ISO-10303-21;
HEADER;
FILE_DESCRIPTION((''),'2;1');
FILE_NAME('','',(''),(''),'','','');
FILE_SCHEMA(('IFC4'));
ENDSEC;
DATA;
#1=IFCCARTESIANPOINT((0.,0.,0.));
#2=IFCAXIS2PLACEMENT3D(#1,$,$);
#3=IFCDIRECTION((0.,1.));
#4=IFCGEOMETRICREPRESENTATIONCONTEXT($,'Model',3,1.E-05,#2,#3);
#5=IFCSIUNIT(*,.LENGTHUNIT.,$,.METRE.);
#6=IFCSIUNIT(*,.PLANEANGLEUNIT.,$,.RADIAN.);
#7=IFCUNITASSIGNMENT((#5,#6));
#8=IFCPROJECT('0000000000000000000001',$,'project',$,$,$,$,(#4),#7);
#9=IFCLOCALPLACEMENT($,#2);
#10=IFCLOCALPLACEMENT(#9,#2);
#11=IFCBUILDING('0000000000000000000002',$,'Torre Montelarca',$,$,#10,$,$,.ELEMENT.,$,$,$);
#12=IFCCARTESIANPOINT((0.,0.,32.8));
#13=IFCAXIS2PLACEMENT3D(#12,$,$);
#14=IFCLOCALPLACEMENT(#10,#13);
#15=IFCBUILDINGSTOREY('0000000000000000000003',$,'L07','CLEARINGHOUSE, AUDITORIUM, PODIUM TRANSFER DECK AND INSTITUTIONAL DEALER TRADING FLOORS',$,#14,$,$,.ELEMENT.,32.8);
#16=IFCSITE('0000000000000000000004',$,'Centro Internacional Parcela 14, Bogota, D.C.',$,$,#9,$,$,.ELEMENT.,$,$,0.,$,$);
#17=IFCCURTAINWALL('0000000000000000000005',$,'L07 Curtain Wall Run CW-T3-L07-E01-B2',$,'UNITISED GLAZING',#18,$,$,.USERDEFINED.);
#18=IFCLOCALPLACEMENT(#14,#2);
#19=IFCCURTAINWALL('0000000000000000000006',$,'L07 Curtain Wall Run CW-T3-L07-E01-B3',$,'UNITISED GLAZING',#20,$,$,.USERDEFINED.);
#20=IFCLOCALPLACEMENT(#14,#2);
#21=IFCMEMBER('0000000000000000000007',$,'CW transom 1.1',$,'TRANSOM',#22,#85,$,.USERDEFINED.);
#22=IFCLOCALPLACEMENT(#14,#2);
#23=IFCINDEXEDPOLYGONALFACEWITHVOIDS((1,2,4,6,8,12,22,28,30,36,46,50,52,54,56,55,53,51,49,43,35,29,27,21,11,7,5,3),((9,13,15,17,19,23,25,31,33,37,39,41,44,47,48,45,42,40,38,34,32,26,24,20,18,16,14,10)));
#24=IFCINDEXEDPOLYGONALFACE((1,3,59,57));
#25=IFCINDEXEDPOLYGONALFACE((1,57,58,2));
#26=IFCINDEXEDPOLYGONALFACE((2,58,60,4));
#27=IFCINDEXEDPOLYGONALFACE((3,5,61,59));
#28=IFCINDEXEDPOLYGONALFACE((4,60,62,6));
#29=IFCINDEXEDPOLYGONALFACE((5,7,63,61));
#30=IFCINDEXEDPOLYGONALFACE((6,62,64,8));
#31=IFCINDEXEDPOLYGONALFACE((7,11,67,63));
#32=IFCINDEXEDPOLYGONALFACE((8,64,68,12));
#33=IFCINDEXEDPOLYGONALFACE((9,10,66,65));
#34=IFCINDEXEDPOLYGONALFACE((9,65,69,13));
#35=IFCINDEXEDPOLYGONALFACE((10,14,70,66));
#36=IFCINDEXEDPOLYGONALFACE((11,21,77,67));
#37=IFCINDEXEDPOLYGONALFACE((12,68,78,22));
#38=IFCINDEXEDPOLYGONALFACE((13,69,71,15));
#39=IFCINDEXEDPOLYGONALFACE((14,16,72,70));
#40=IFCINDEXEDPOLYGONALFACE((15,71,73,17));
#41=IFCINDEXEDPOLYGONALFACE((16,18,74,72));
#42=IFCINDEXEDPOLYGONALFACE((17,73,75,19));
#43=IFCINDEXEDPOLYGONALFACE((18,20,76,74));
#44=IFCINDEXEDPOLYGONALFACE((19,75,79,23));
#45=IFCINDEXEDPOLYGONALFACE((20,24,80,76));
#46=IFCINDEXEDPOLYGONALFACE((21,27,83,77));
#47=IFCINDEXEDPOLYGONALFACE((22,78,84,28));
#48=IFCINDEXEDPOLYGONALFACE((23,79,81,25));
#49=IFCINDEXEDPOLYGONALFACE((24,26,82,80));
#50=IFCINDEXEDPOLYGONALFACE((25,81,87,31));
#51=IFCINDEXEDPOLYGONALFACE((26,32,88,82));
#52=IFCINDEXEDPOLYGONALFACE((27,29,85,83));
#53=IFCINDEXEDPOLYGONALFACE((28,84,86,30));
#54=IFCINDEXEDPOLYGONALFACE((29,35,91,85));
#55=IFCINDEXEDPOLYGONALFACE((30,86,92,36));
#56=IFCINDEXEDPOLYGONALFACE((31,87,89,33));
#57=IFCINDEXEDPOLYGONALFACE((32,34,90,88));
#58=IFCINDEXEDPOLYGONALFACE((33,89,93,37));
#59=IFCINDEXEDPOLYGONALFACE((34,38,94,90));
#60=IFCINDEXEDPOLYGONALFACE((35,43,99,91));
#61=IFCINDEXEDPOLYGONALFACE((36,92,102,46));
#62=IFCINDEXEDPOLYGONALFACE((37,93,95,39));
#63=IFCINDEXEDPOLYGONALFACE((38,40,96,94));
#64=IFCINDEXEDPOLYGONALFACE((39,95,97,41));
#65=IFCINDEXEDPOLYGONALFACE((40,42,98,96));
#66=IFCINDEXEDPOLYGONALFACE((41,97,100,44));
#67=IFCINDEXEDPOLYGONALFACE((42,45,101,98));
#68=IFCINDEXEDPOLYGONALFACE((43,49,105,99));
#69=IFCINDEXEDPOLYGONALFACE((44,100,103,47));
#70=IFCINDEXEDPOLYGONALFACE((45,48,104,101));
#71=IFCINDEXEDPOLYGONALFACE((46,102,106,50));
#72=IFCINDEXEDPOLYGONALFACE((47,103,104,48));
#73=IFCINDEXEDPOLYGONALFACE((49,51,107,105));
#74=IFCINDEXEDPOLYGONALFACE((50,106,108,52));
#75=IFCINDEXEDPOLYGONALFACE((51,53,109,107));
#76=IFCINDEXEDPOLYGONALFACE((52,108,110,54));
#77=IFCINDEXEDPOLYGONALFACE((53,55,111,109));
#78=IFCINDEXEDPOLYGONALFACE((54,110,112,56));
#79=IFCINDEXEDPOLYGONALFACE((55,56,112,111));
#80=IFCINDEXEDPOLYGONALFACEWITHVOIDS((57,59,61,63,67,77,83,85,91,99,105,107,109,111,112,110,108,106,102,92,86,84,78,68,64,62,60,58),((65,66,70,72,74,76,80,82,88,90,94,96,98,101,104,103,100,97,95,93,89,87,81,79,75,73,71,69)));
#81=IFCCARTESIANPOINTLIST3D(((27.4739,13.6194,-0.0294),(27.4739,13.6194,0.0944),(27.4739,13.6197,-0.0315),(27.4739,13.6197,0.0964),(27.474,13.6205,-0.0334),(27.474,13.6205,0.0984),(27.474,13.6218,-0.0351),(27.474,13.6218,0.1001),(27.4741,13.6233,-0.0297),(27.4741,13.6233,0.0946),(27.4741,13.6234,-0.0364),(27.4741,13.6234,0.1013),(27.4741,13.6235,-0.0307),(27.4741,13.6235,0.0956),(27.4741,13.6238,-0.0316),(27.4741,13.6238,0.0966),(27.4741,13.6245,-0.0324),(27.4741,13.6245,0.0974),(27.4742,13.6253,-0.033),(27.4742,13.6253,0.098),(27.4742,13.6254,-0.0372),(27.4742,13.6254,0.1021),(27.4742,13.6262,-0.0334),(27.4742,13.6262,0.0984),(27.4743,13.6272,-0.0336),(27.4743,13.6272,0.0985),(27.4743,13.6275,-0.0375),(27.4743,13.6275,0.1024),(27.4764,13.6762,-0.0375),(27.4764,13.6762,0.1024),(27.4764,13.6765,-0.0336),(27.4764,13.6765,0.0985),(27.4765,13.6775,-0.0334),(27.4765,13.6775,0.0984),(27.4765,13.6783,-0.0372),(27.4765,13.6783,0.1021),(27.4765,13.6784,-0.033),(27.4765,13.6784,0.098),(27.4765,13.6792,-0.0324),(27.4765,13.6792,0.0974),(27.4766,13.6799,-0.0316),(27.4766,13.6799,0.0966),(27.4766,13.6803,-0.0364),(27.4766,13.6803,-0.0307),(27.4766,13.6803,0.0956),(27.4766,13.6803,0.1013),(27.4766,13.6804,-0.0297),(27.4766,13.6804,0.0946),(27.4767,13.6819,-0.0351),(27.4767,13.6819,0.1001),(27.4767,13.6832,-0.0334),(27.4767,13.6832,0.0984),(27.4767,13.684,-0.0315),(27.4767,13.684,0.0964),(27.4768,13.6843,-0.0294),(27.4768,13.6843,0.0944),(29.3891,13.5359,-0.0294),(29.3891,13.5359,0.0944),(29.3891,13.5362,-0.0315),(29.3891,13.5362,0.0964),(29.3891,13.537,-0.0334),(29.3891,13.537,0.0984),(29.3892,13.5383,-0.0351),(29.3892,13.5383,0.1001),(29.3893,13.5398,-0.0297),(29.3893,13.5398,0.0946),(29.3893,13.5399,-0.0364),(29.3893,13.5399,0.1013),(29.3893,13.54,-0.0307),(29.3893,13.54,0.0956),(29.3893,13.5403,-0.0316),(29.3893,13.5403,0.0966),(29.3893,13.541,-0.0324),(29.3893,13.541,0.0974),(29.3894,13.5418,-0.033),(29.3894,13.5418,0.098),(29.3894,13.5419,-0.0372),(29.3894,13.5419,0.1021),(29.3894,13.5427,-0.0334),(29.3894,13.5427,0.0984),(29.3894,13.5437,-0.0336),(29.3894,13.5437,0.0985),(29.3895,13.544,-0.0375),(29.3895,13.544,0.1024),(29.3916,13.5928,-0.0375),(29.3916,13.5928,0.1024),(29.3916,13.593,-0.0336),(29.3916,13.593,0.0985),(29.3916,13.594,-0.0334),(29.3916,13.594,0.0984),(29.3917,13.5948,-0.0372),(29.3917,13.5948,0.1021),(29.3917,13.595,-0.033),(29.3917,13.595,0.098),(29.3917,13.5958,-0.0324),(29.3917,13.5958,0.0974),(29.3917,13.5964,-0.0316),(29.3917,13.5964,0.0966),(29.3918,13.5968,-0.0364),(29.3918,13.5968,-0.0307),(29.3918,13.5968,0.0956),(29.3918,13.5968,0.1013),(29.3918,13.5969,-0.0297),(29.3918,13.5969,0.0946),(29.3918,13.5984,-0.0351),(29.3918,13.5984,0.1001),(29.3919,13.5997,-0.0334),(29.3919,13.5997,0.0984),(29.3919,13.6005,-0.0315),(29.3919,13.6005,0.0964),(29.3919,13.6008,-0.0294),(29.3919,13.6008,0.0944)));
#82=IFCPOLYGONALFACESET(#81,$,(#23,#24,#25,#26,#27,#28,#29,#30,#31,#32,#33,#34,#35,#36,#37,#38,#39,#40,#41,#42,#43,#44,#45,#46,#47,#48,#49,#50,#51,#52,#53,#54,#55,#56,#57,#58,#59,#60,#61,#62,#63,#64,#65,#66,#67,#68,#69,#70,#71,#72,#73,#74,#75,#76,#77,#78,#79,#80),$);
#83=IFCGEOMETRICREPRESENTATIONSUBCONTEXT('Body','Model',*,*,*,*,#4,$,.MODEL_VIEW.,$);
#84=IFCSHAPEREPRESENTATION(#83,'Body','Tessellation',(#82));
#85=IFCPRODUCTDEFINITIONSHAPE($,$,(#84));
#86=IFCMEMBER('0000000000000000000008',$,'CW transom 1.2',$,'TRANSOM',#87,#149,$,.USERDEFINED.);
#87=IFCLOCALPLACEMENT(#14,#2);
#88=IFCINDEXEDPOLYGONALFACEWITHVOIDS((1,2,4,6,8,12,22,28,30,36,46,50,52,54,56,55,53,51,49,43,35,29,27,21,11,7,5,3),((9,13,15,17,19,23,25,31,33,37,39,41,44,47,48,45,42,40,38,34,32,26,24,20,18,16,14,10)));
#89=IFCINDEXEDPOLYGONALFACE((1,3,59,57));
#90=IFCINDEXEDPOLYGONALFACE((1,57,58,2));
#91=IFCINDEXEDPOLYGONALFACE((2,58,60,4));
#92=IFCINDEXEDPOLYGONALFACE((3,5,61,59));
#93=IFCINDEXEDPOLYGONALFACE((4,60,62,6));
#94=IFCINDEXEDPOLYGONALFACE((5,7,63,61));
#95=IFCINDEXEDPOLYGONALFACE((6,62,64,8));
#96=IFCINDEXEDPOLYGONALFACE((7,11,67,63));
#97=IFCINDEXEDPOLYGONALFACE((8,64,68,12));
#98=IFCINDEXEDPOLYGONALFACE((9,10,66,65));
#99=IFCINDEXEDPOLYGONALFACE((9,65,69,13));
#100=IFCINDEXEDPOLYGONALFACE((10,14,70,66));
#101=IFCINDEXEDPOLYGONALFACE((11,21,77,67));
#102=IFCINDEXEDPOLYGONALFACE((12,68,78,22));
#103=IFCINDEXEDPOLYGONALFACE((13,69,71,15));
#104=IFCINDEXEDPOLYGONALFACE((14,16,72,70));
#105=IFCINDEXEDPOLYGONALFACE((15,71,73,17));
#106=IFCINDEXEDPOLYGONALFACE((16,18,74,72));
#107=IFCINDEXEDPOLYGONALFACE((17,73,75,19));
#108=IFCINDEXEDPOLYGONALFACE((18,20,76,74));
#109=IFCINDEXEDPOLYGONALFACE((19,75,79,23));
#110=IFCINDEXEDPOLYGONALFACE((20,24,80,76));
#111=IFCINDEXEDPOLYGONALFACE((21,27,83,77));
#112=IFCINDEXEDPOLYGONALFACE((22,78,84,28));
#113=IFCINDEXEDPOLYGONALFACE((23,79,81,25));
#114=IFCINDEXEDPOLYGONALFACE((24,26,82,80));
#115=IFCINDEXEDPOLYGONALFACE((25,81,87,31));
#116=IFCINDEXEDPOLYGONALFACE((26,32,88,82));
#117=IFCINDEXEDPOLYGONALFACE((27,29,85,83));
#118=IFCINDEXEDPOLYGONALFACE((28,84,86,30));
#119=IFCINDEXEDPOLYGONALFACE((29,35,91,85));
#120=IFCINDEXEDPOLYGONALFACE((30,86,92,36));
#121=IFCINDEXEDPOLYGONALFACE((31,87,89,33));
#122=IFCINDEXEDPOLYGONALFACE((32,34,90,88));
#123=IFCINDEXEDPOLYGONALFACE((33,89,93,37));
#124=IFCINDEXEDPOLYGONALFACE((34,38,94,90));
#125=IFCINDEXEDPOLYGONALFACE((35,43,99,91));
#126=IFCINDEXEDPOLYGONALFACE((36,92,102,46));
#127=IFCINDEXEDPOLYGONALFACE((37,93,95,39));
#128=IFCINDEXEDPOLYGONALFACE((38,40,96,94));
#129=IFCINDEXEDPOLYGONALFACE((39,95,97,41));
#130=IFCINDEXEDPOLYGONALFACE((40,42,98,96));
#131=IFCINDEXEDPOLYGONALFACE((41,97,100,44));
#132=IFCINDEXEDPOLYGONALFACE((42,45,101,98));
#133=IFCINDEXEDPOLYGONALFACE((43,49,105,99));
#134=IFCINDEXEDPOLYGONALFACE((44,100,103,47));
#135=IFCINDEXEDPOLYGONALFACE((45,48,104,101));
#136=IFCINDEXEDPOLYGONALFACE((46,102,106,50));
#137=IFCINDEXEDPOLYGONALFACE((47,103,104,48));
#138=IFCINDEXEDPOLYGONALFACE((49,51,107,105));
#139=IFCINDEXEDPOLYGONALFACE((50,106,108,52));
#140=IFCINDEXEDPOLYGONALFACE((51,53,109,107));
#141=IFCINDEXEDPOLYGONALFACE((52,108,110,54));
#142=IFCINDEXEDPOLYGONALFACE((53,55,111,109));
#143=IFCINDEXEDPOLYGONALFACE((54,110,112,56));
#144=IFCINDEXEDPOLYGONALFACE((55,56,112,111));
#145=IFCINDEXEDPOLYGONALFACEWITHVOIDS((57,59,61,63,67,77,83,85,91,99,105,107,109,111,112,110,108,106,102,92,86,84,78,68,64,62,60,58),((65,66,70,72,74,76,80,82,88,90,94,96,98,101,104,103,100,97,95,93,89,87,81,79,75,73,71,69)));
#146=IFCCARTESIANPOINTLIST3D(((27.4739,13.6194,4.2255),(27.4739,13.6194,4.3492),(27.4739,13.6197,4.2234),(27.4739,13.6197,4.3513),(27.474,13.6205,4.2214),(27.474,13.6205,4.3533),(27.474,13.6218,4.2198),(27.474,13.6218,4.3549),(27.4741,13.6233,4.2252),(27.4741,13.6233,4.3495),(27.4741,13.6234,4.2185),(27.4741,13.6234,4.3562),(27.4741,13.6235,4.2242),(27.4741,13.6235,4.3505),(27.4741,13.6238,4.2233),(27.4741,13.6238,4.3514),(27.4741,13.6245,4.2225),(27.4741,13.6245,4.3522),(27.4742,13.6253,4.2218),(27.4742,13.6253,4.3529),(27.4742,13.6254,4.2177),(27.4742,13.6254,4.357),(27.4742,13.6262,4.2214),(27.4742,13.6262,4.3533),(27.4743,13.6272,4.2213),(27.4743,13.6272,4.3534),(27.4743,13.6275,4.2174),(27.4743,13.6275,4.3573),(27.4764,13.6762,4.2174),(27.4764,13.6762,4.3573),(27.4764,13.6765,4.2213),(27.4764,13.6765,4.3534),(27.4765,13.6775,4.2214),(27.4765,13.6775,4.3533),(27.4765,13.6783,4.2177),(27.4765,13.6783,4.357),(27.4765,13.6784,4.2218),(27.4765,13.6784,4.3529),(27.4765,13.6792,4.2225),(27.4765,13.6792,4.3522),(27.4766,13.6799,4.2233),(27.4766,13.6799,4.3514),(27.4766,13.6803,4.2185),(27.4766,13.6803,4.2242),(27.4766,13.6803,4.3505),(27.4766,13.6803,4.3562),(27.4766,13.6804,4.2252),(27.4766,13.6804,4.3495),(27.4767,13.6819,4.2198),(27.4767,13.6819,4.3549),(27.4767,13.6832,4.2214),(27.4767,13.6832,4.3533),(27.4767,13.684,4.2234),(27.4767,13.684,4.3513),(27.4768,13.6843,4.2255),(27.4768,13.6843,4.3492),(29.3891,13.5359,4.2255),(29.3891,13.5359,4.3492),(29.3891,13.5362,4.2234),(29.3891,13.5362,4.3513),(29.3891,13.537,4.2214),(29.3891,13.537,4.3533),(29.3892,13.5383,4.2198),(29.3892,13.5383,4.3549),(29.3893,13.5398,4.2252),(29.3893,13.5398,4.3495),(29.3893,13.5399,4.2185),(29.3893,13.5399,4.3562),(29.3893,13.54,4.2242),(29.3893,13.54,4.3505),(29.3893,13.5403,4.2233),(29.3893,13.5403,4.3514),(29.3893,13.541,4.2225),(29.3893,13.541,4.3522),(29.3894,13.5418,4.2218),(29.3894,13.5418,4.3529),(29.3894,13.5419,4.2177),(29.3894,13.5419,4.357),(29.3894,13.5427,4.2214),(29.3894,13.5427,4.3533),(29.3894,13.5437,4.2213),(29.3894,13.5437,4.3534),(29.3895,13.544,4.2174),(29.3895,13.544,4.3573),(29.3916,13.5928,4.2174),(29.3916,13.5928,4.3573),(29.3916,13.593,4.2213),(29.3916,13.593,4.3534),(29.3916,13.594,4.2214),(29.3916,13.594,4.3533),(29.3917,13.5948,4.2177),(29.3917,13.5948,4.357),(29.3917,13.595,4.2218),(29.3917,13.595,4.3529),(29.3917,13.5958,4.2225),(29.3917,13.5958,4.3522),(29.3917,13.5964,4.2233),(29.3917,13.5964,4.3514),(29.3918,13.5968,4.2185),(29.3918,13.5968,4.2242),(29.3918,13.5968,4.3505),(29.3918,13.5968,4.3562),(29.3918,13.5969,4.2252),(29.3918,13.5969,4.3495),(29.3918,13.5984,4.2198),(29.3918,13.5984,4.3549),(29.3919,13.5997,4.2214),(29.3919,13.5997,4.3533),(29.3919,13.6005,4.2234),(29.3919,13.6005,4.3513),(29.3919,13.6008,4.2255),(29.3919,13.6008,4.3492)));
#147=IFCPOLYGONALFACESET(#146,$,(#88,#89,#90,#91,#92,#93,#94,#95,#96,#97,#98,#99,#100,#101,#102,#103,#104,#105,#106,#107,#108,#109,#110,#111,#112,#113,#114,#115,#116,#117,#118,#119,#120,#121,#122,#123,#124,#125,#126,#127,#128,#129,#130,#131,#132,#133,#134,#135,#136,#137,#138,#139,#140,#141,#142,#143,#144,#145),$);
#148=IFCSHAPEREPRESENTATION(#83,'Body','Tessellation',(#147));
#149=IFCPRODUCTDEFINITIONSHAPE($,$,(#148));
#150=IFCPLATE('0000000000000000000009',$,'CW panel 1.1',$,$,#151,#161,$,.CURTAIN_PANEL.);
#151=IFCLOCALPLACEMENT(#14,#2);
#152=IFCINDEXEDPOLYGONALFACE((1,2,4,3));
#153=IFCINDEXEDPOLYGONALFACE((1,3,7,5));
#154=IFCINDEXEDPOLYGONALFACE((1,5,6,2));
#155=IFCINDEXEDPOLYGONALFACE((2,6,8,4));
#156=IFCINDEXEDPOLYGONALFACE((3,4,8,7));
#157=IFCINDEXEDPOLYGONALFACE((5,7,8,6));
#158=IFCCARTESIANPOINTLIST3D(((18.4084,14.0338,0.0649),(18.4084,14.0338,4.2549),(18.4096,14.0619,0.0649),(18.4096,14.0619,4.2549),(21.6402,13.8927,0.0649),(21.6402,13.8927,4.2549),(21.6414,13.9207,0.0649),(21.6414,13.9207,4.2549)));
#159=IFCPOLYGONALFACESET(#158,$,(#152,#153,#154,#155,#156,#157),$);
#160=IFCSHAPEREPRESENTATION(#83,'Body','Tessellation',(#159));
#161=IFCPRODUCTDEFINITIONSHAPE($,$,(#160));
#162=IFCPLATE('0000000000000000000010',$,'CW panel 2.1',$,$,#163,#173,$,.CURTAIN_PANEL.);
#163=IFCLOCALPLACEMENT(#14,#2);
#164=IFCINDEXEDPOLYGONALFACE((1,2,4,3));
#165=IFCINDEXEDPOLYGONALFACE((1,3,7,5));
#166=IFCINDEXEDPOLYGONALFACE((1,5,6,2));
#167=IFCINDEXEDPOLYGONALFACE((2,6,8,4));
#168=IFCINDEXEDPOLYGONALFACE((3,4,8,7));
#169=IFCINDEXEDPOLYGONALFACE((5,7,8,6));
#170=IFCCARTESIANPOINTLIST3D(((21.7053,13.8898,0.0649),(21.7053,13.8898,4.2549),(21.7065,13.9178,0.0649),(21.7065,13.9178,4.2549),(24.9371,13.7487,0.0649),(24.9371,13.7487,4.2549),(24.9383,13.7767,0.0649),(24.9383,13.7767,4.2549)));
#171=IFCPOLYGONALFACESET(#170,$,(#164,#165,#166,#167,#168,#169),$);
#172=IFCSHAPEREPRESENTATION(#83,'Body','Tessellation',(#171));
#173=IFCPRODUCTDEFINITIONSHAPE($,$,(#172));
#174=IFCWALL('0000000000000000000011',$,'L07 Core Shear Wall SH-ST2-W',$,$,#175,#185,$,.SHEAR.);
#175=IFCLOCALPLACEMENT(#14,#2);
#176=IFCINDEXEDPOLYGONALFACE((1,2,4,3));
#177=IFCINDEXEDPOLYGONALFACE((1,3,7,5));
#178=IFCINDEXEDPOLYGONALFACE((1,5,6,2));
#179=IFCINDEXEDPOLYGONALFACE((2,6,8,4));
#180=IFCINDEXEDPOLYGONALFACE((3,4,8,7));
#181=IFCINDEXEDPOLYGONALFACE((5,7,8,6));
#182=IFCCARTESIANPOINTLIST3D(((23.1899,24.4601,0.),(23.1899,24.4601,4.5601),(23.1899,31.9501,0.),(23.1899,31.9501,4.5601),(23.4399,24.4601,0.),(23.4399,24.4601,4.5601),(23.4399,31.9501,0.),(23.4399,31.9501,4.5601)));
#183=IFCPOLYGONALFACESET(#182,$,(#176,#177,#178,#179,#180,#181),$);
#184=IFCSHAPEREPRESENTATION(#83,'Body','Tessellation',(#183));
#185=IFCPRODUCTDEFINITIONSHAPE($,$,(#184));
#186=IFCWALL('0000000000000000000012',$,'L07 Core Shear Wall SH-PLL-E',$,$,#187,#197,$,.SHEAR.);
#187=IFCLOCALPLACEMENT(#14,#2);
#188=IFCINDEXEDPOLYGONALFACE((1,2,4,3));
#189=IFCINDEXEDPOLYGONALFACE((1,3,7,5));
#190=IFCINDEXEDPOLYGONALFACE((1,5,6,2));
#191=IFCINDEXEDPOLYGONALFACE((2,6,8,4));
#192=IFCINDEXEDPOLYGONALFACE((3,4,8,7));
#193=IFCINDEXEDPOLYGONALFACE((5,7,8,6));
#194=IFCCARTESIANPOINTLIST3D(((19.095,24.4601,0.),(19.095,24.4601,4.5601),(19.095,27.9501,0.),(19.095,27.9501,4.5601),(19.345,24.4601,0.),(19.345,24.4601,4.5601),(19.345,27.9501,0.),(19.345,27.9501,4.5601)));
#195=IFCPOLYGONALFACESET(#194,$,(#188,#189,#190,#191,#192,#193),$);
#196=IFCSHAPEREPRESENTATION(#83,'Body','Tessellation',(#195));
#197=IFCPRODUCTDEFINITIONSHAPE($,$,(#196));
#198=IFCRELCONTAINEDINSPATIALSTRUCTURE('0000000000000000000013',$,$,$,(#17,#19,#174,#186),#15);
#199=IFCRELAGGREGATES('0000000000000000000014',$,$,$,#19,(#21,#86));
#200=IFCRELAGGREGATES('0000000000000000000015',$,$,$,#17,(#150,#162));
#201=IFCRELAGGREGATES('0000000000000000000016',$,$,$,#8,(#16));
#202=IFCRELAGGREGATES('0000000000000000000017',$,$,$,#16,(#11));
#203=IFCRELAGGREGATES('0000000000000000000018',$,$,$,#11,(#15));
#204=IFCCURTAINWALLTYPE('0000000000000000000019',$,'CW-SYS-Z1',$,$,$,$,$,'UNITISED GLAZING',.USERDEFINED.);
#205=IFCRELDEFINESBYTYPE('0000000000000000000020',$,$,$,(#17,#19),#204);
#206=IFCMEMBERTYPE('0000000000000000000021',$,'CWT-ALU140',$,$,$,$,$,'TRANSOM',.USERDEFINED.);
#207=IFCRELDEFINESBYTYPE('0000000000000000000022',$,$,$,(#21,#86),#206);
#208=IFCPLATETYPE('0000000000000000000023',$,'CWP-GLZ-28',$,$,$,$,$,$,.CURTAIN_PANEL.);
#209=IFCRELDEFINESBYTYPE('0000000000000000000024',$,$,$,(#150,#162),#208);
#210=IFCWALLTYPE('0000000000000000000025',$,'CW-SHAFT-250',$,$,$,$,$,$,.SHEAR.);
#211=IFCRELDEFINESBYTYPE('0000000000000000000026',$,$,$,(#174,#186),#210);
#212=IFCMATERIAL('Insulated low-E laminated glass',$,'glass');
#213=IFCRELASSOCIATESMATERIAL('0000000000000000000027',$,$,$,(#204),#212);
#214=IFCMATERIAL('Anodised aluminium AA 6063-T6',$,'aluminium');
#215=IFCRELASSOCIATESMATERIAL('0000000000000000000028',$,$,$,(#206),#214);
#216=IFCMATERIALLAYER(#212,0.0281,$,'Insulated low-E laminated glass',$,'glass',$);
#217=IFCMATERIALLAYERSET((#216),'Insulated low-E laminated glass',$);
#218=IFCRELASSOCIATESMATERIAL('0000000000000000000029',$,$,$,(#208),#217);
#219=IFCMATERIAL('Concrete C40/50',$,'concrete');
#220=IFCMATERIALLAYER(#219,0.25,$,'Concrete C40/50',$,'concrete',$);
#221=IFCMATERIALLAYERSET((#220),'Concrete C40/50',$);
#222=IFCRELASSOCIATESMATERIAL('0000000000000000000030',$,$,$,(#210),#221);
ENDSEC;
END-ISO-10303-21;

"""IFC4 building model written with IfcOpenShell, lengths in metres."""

from ifc_helpers import new_model, si_unit, direction, frame, frame_2d, origin, origin_2d, place, context, subcontext, project, spatial, rectangle, hollow_rectangle, extrude, source, transform, mapped, material, layer, layer_set, material_profile, profile_set, type_object, element, aggregate, save


model = new_model("IFC4")

# Units and contexts
model_context = context("Model", 3, precision=1e-05, world=origin(), true_north=direction((0.0, 1.0)))
body_context = subcontext(model_context, "Body", "Model", "MODEL_VIEW")
ifc_project = project(units=[si_unit("LENGTHUNIT", "METRE"), si_unit("PLANEANGLEUNIT", "RADIAN")], contexts=[model_context])

# Site, building, storey
site_placement = place(None, origin())
site = spatial("IfcSite", under=ifc_project, at=site_placement, Name="Centro Internacional Parcela 14, Bogota, D.C.", CompositionType="ELEMENT", RefElevation=0.0)
building_placement = place(site_placement, origin())
building = spatial("IfcBuilding", under=site, at=building_placement, Name="Torre Montelarca", CompositionType="ELEMENT")
storey_placement = place(building_placement, frame((0.0, 0.0, 32.8)))
storey = spatial("IfcBuildingStorey", under=building, at=storey_placement, Name="L07", Description="CLEARINGHOUSE, AUDITORIUM, PODIUM TRANSFER DECK AND INSTITUTIONAL DEALER TRADING FLOORS", CompositionType="ELEMENT", Elevation=32.8)

# Curtain wall
ifc_material_1 = material(Name="Insulated low-E laminated glass", Category="glass")
curtain_wall_type = type_object("IfcCurtainWallType", Name="CW-SYS-Z1", ElementType="UNITISED GLAZING", PredefinedType="USERDEFINED", material=ifc_material_1)
curtain_wall_1_placement = place(storey_placement, origin())
curtain_wall_1 = element("IfcCurtainWall", 1, at=curtain_wall_1_placement, inside=storey, type_object=curtain_wall_type, Name="L07 Curtain Wall Run CW-T3-L07-E01-B2", ObjectType="UNITISED GLAZING", PredefinedType="USERDEFINED")
ifc_material_2 = material(Name="Anodised aluminium AA 6063-T6", Category="aluminium")

# Curtain wall
curtain_wall_2_placement = place(storey_placement, origin())
curtain_wall_2 = element("IfcCurtainWall", 2, at=curtain_wall_2_placement, inside=storey, type_object=curtain_wall_type, Name="L07 Curtain Wall Run CW-T3-L07-E01-B3", ObjectType="UNITISED GLAZING", PredefinedType="USERDEFINED")

# Members
ifc_material_profile_1 = material_profile(ifc_material_2, hollow_rectangle(XDim=0.0649, YDim=0.1399, WallThickness=0.0039, InnerFilletRadius=0.0039, OuterFilletRadius=0.0081, at=origin_2d()), Name="ALU65X140X4", Category="aluminium")
ifc_profile_set_1 = profile_set([ifc_material_profile_1], Name="Anodised aluminium AA 6063-T6")
member_type_1 = type_object("IfcMemberType", Name="CWT-ALU140", ElementType="TRANSOM", PredefinedType="USERDEFINED", material=ifc_profile_set_1)
shared_shape_1 = source(origin(), body_context, "Body", "SweptSolid", [
    extrude(hollow_rectangle(XDim=0.0649, YDim=0.1399, WallThickness=0.0039, InnerFilletRadius=0.0039, OuterFilletRadius=0.0081, at=origin_2d()), origin(), (0.0, 0.0, 1.0), 1.917),
])
member_1_placement = place(storey_placement, frame((27.4753, 13.6519, 0.0325), z_axis=(0.999051, -0.043553, 0.0), x_axis=(0.043553, 0.999051, 0.0)))
member_1 = element("IfcMember", 3, at=member_1_placement, type_object=member_type_1, Name="CW transom 1.1", ObjectType="TRANSOM", PredefinedType="USERDEFINED", context=body_context, shape_type="MappedRepresentation", body=[
    mapped(shared_shape_1, transform((0.0, 0.0, 0.0), scale=1.0)),
])
member_2_placement = place(storey_placement, frame((27.4753, 13.6519, 4.2874), z_axis=(0.999051, -0.043553, 0.0), x_axis=(0.043553, 0.999051, 0.0)))
member_2 = element("IfcMember", 4, at=member_2_placement, type_object=member_type_1, Name="CW transom 1.2", ObjectType="TRANSOM", PredefinedType="USERDEFINED", context=body_context, shape_type="MappedRepresentation", body=[
    mapped(shared_shape_1, transform((0.0, 0.0, 0.0), scale=1.0)),
])
aggregate(curtain_wall_2, [member_1, member_2])

# Plates
ifc_layer_1 = layer(ifc_material_1, 0.0281, Name="Insulated low-E laminated glass", Category="glass")
ifc_layer_set_1 = layer_set([ifc_layer_1], Name="Insulated low-E laminated glass")
plate_type = type_object("IfcPlateType", Name="CWP-GLZ-28", PredefinedType="CURTAIN_PANEL", material=ifc_layer_set_1)
shared_shape_2 = source(origin(), body_context, "Body", "SweptSolid", [
    extrude(rectangle(XDim=3.2349, YDim=0.0281, at=origin_2d()), origin(), (0.0, 0.0, 1.0), 4.1899),
])
plate_1_placement = place(storey_placement, frame((20.0249, 13.9773, 0.0649), z_axis=(0.0, 0.0, 1.0), x_axis=(0.999048, -0.043631, 0.0)))
plate_1 = element("IfcPlate", 5, at=plate_1_placement, type_object=plate_type, Name="CW panel 1.1", PredefinedType="CURTAIN_PANEL", context=body_context, shape_type="MappedRepresentation", body=[
    mapped(shared_shape_2, transform((0.0, 0.0, 0.0), scale=1.0)),
])
plate_2_placement = place(storey_placement, frame((23.3218, 13.8333, 0.0649), z_axis=(0.0, 0.0, 1.0), x_axis=(0.999048, -0.043631, 0.0)))
plate_2 = element("IfcPlate", 6, at=plate_2_placement, type_object=plate_type, Name="CW panel 2.1", PredefinedType="CURTAIN_PANEL", context=body_context, shape_type="MappedRepresentation", body=[
    mapped(shared_shape_2, transform((0.0, 0.0, 0.0), scale=1.0)),
])
aggregate(curtain_wall_1, [plate_1, plate_2])

# Walls
ifc_material_3 = material(Name="Concrete C40/50", Category="concrete")
ifc_layer_2 = layer(ifc_material_3, 0.25, Name="Concrete C40/50", Category="concrete")
ifc_layer_set_2 = layer_set([ifc_layer_2], Name="Concrete C40/50")
wall_type_1 = type_object("IfcWallType", Name="CW-SHAFT-250", PredefinedType="SHEAR", material=ifc_layer_set_2)
wall_1_placement = place(storey_placement, frame((23.3149, 24.46, 0.0), z_axis=(0.0, 0.0, 1.0), x_axis=(0.0, 1.0, 0.0)))
element("IfcWall", 7, at=wall_1_placement, inside=storey, type_object=wall_type_1, Name="L07 Core Shear Wall SH-ST2-W", PredefinedType="SHEAR", context=body_context, shape_type="SweptSolid", body=[
    extrude(rectangle(XDim=7.49, YDim=0.25, at=frame_2d((3.7451, 0.0))), origin(), (0.0, 0.0, 1.0), 4.5601),
])
wall_2_placement = place(storey_placement, frame((19.22, 24.46, 0.0), z_axis=(0.0, 0.0, 1.0), x_axis=(0.0, 1.0, 0.0)))
element("IfcWall", 8, at=wall_2_placement, inside=storey, type_object=wall_type_1, Name="L07 Core Shear Wall SH-PLL-E", PredefinedType="SHEAR", context=body_context, shape_type="SweptSolid", body=[
    extrude(rectangle(XDim=3.49, YDim=0.25, at=frame_2d((1.7451, 0.0))), origin(), (0.0, 0.0, 1.0), 4.5601),
])

save(model, "model.ifc")
